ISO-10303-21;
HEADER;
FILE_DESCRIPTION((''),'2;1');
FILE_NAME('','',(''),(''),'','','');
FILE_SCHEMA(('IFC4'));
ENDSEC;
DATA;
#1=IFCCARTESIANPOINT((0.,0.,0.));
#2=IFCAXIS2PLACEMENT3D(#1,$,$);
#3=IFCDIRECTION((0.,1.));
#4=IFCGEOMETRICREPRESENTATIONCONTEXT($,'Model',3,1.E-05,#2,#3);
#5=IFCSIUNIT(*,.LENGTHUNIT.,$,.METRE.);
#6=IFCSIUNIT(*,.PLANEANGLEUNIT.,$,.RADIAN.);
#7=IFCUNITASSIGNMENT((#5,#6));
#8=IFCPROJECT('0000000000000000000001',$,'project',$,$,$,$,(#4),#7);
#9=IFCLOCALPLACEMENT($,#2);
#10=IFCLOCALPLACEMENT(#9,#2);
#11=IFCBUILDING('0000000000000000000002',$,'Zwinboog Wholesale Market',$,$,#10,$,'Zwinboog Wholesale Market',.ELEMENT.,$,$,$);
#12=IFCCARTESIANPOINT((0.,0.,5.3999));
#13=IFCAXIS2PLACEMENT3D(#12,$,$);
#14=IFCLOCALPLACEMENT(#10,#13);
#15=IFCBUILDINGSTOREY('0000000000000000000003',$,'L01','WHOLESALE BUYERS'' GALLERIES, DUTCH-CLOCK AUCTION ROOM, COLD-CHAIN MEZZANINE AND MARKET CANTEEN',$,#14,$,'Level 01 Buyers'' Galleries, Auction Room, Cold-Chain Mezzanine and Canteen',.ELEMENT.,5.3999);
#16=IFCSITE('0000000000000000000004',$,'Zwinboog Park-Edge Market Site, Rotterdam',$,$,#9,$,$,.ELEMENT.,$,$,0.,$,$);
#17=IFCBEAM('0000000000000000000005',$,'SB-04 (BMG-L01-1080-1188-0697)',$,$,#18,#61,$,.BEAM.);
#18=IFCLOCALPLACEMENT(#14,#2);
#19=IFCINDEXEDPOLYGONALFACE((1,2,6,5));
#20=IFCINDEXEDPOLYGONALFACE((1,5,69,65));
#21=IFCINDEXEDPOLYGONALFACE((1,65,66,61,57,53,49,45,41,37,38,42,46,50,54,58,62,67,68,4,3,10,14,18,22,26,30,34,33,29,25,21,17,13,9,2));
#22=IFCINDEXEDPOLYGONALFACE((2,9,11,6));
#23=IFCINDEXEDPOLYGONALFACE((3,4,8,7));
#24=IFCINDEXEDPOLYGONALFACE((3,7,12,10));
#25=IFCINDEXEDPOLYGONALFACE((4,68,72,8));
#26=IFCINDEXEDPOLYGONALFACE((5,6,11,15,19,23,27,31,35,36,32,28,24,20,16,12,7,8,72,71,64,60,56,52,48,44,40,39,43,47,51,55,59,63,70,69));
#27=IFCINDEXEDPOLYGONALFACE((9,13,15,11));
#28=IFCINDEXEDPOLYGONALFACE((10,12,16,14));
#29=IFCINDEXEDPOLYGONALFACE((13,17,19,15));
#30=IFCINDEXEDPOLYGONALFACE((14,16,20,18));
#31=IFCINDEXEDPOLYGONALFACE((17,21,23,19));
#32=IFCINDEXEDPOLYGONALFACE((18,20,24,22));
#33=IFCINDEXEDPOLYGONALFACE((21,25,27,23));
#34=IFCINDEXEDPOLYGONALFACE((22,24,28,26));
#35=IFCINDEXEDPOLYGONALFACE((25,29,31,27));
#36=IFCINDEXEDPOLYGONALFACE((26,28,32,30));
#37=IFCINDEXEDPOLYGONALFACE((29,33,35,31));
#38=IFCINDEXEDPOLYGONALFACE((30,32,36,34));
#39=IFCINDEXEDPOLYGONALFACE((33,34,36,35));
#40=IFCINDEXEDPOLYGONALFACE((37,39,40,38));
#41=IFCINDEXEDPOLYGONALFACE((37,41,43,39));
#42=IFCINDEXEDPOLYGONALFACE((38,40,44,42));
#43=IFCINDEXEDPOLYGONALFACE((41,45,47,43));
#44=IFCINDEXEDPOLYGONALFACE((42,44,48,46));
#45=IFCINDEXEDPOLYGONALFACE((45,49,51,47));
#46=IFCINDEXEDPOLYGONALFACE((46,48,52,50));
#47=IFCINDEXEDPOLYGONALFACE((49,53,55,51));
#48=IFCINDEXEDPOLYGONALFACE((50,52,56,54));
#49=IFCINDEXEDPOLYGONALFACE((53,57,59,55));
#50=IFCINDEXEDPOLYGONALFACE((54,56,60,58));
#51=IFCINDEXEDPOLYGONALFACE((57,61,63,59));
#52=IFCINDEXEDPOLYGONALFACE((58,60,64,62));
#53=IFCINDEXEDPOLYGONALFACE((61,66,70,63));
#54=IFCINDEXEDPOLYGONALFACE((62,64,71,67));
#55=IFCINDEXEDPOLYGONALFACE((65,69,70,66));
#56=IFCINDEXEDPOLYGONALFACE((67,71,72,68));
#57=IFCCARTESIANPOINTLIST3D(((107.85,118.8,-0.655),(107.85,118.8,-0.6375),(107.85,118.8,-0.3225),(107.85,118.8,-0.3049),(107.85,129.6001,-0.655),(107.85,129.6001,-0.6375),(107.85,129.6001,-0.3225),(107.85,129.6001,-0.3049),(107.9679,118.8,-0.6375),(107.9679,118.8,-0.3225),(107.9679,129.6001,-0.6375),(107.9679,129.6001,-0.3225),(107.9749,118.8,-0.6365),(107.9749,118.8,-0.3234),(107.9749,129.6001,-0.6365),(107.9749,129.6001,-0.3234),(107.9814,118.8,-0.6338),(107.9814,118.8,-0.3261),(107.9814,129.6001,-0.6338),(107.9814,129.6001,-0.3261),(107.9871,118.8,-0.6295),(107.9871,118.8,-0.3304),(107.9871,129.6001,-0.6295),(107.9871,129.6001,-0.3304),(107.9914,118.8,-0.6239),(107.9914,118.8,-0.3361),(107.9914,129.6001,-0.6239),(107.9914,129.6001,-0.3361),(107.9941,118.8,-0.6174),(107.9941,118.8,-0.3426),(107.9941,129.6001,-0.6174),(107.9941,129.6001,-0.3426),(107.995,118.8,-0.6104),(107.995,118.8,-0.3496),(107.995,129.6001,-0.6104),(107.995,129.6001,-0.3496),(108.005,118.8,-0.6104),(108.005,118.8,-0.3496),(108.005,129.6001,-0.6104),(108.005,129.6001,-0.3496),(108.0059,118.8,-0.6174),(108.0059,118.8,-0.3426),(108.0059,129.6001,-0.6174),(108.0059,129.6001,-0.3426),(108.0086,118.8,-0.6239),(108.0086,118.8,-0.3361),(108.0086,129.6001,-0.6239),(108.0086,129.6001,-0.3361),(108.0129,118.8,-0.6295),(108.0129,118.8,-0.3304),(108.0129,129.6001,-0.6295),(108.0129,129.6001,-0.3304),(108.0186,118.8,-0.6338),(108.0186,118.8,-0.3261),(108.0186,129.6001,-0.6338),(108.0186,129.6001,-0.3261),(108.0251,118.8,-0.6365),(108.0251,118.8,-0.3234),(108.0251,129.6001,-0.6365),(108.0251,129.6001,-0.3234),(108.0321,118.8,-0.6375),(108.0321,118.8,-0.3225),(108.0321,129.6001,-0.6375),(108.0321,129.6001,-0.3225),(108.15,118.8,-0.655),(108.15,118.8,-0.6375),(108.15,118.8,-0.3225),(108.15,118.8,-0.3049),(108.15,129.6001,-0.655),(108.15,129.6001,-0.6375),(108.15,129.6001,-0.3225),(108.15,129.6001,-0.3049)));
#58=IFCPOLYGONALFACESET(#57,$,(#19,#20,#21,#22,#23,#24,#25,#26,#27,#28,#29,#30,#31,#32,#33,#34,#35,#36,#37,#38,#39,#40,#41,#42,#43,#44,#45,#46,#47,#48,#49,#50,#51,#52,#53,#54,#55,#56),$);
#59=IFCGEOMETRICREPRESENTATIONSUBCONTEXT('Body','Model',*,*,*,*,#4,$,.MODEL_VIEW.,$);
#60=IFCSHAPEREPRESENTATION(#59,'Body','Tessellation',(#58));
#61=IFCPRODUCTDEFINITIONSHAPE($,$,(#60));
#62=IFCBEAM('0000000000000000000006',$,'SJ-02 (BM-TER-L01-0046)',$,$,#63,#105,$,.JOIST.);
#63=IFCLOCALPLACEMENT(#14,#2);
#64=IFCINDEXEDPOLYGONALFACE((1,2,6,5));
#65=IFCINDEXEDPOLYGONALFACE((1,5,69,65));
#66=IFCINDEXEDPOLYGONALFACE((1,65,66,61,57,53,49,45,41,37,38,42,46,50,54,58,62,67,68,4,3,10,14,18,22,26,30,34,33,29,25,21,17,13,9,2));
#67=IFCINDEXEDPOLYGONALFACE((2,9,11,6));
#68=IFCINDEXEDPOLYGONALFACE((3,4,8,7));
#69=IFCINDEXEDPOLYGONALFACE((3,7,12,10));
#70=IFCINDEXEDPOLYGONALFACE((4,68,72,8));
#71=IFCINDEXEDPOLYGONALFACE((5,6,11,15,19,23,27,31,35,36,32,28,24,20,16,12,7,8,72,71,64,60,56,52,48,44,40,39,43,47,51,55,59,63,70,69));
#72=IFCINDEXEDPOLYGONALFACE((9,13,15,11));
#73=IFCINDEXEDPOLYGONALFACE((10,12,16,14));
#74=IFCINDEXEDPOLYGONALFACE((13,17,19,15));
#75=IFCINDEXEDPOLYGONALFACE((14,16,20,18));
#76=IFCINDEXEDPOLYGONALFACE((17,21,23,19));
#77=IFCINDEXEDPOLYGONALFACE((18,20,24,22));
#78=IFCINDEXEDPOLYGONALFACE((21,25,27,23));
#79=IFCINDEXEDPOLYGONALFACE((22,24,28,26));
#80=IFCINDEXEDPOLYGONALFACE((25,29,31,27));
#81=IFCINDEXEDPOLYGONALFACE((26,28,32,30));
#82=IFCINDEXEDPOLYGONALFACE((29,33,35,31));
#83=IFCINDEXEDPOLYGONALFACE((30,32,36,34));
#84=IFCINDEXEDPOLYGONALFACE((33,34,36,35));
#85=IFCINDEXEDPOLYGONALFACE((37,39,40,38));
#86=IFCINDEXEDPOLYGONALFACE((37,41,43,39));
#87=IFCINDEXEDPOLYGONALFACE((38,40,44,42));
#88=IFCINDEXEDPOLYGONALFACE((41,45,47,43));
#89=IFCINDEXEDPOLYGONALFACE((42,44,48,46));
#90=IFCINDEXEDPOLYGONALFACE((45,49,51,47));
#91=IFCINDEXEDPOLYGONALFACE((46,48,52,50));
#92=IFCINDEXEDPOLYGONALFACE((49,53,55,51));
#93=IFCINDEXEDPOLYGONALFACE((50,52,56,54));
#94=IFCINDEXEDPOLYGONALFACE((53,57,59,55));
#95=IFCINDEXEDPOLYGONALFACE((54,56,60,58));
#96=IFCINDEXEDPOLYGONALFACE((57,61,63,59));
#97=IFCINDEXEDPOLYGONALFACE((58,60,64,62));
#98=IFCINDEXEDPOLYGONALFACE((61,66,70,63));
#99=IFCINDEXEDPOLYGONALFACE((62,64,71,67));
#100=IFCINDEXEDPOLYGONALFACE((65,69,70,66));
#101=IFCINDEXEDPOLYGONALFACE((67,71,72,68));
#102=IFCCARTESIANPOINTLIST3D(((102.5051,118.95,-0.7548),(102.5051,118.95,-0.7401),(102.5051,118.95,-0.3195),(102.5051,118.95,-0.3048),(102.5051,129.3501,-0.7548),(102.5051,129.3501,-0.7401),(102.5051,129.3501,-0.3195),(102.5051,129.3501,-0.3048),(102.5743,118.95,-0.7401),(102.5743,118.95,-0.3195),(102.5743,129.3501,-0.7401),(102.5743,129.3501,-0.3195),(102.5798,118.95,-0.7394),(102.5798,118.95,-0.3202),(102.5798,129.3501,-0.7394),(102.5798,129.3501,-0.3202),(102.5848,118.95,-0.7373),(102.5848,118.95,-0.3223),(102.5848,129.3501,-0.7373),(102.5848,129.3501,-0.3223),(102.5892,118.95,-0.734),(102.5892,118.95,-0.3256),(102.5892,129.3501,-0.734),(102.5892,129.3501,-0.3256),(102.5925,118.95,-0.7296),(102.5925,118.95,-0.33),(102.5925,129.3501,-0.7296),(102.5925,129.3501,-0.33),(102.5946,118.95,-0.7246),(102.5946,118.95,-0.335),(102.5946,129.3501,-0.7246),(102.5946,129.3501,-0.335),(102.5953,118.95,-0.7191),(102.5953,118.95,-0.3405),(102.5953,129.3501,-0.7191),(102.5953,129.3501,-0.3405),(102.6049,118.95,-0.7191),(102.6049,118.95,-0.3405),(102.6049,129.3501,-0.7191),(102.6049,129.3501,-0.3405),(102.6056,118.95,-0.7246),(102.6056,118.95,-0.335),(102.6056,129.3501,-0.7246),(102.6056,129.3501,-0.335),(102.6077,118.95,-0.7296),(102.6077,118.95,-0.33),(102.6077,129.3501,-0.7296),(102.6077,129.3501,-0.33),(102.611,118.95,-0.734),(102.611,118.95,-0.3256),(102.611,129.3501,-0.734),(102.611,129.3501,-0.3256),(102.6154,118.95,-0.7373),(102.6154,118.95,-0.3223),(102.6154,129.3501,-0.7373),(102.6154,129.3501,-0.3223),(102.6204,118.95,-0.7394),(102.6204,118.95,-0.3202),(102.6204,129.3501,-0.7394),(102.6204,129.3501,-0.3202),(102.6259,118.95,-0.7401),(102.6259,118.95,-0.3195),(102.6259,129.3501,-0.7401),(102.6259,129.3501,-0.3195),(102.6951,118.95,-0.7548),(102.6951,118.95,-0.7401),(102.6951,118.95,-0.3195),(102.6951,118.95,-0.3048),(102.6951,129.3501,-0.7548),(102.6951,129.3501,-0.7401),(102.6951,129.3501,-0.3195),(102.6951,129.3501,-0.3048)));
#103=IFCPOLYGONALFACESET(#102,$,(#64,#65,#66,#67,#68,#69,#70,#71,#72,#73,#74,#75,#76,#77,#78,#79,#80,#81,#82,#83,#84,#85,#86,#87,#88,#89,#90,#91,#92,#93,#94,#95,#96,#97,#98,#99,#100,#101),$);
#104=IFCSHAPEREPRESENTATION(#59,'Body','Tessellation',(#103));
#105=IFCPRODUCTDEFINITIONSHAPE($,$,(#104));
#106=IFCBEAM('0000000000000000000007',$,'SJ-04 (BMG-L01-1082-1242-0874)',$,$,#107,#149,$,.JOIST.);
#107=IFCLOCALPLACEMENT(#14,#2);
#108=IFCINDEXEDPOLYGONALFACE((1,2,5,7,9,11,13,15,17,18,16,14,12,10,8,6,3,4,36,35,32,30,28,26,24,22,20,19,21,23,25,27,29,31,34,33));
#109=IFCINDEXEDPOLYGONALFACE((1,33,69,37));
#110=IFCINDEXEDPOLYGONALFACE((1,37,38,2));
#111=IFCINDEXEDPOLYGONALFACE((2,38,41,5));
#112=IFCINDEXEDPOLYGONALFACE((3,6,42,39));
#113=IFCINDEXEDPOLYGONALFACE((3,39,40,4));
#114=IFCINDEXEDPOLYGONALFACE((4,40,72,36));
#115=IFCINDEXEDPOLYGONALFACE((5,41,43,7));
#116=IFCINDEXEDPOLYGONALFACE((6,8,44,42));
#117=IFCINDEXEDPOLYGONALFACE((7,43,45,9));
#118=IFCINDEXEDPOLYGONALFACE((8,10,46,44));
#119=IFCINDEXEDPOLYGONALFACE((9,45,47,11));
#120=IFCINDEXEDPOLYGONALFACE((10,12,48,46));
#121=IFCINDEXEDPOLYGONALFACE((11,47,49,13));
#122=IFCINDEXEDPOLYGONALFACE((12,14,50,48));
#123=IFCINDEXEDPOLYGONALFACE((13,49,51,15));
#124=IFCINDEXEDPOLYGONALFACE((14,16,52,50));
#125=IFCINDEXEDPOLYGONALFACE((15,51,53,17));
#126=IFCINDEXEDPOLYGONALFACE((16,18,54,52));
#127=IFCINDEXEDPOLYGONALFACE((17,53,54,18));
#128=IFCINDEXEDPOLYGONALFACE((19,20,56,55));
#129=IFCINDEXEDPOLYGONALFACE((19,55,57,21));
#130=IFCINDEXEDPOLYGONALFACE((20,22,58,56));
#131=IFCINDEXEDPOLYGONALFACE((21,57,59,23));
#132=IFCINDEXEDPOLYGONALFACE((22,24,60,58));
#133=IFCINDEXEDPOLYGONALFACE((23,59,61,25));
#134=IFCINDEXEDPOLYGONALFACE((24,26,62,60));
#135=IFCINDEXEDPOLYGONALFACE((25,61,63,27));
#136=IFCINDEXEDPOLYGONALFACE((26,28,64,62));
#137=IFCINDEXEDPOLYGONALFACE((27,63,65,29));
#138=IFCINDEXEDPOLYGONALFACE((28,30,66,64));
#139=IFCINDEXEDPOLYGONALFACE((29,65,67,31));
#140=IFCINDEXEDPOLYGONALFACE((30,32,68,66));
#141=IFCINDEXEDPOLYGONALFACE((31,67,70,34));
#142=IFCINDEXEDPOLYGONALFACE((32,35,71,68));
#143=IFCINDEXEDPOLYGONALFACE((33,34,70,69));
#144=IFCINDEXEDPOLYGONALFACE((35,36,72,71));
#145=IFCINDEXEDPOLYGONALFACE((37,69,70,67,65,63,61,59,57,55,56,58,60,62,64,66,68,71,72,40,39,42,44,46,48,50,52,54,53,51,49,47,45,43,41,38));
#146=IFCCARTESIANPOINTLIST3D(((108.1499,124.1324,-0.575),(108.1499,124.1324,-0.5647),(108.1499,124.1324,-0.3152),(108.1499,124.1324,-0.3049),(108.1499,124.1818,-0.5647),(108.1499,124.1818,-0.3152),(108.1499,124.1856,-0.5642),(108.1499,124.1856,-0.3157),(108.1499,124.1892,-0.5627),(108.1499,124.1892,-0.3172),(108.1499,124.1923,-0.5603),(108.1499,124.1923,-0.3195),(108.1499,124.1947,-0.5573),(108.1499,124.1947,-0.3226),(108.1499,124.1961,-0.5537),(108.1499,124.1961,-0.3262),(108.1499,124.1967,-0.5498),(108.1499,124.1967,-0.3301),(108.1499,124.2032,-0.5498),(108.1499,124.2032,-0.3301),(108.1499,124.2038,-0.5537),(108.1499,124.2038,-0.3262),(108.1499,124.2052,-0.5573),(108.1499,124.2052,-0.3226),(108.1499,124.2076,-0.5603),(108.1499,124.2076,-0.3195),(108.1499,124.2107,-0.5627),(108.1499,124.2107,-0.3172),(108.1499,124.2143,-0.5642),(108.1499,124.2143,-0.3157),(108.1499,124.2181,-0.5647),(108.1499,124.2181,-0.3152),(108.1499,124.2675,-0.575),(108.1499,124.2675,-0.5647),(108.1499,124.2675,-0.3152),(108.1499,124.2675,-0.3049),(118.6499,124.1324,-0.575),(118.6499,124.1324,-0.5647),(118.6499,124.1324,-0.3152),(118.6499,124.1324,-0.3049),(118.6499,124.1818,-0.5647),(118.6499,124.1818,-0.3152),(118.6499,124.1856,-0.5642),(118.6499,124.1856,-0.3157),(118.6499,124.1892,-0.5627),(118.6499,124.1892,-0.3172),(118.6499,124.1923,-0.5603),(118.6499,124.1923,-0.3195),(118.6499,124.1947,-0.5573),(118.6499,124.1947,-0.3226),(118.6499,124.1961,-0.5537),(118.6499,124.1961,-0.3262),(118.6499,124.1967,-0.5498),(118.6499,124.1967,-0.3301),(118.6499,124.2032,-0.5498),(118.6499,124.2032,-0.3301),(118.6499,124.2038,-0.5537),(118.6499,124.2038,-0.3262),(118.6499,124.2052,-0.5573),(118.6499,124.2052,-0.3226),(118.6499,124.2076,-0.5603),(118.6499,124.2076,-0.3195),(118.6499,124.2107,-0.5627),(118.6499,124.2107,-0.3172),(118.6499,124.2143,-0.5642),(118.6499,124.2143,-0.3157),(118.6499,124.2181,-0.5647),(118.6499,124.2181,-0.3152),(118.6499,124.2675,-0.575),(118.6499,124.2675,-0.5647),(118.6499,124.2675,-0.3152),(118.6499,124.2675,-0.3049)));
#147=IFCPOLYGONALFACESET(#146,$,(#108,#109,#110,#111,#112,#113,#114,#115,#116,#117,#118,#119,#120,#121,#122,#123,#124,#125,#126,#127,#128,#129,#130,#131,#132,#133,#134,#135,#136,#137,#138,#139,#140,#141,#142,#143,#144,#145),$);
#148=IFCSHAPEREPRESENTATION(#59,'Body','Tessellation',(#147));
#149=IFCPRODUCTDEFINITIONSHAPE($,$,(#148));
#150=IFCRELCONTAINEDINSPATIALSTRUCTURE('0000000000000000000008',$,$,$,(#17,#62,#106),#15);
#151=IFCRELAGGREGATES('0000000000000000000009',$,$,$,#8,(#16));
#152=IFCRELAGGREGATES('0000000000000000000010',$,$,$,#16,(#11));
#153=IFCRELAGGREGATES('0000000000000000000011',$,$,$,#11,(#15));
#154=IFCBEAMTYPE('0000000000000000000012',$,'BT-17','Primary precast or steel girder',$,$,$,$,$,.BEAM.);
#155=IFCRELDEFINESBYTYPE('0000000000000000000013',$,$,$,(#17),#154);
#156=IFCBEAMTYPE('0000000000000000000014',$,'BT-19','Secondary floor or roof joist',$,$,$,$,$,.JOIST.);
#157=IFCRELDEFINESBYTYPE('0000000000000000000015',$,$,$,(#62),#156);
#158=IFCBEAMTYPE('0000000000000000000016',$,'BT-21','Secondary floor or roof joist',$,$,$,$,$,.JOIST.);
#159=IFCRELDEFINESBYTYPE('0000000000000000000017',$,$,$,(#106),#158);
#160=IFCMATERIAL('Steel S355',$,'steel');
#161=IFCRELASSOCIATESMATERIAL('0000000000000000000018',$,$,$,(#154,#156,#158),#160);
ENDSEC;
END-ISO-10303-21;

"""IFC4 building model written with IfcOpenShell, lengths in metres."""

from ifc_helpers import new_model, si_unit, direction, frame, origin, origin_2d, place, context, subcontext, project, spatial, i_section, extrude, material, material_profile, profile_set, type_object, element, save


model = new_model("IFC4")

# Units and contexts
model_context = context("Model", 3, precision=1e-05, world=origin(), true_north=direction((0.0, 1.0)))
body_context = subcontext(model_context, "Body", "Model", "MODEL_VIEW")
ifc_project = project(units=[si_unit("LENGTHUNIT", "METRE"), si_unit("PLANEANGLEUNIT", "RADIAN")], contexts=[model_context])

# Site, building, storey
site_placement = place(None, origin())
site = spatial("IfcSite", under=ifc_project, at=site_placement, Name="Zwinboog Park-Edge Market Site, Rotterdam", CompositionType="ELEMENT", RefElevation=0.0)
building_placement = place(site_placement, origin())
building = spatial("IfcBuilding", under=site, at=building_placement, Name="Zwinboog Wholesale Market", LongName="Zwinboog Wholesale Market", CompositionType="ELEMENT")
storey_placement = place(building_placement, frame((0.0, 0.0, 5.3999)))
storey = spatial("IfcBuildingStorey", under=building, at=storey_placement, Name="L01", Description="WHOLESALE BUYERS' GALLERIES, DUTCH-CLOCK AUCTION ROOM, COLD-CHAIN MEZZANINE AND MARKET CANTEEN", LongName="Level 01 Buyers' Galleries, Auction Room, Cold-Chain Mezzanine and Canteen", CompositionType="ELEMENT", Elevation=5.3999)

# Beams
ifc_material_1 = material(Name="Steel S355", Category="steel")
ifc_material_profile_1 = material_profile(ifc_material_1, i_section(OverallWidth=0.3, OverallDepth=0.3501, WebThickness=0.01, FlangeThickness=0.0176, FilletRadius=0.0271, at=origin_2d()), Name="HEA 360")
ifc_profile_set_1 = profile_set([ifc_material_profile_1], Name="Steel S355")
beam_type_1 = type_object("IfcBeamType", Name="BT-17", Description="Primary precast or steel girder", PredefinedType="BEAM", material=ifc_profile_set_1)
beam_1_placement = place(storey_placement, frame((108.0, 118.8, -0.48), z_axis=(0.0, 1.0, 0.0), x_axis=(-1.0, 0.0, 0.0)))
element("IfcBeam", 1, at=beam_1_placement, inside=storey, type_object=beam_type_1, Name="SB-04 (BMG-L01-1080-1188-0697)", PredefinedType="BEAM", context=body_context, shape_type="SweptSolid", body=[
    extrude(i_section(OverallWidth=0.3, OverallDepth=0.3501, WebThickness=0.01, FlangeThickness=0.0176, FilletRadius=0.0271, at=origin_2d()), origin(), (0.0, 0.0, 1.0), 10.8),
])
ifc_material_profile_2 = material_profile(ifc_material_1, i_section(OverallWidth=0.1899, OverallDepth=0.45, WebThickness=0.0095, FlangeThickness=0.0146, FilletRadius=0.021, at=origin_2d()), Name="IPE 450")
ifc_profile_set_2 = profile_set([ifc_material_profile_2], Name="Steel S355")
beam_type_2 = type_object("IfcBeamType", Name="BT-19", Description="Secondary floor or roof joist", PredefinedType="JOIST", material=ifc_profile_set_2)
beam_2_placement = place(storey_placement, frame((102.6001, 118.95, -0.5298), z_axis=(0.0, 1.0, 0.0), x_axis=(-1.0, 0.0, 0.0)))
element("IfcBeam", 2, at=beam_2_placement, inside=storey, type_object=beam_type_2, Name="SJ-02 (BM-TER-L01-0046)", PredefinedType="JOIST", context=body_context, shape_type="SweptSolid", body=[
    extrude(i_section(OverallWidth=0.1899, OverallDepth=0.45, WebThickness=0.0095, FlangeThickness=0.0146, FilletRadius=0.021, at=origin_2d()), origin(), (0.0, 0.0, 1.0), 10.4001),
])
ifc_material_profile_3 = material_profile(ifc_material_1, i_section(OverallWidth=0.135, OverallDepth=0.27, WebThickness=0.0066, FlangeThickness=0.0103, FilletRadius=0.0149, at=origin_2d()), Name="IPE 270")
ifc_profile_set_3 = profile_set([ifc_material_profile_3], Name="Steel S355")
beam_type_3 = type_object("IfcBeamType", Name="BT-21", Description="Secondary floor or roof joist", PredefinedType="JOIST", material=ifc_profile_set_3)
beam_3_placement = place(storey_placement, frame((108.1499, 124.2, -0.4399), z_axis=(1.0, 0.0, 0.0), x_axis=(0.0, 1.0, 0.0)))
element("IfcBeam", 3, at=beam_3_placement, inside=storey, type_object=beam_type_3, Name="SJ-04 (BMG-L01-1082-1242-0874)", PredefinedType="JOIST", context=body_context, shape_type="SweptSolid", body=[
    extrude(i_section(OverallWidth=0.135, OverallDepth=0.27, WebThickness=0.0066, FlangeThickness=0.0103, FilletRadius=0.0149, at=origin_2d()), origin(), (0.0, 0.0, 1.0), 10.5),
])

save(model, "model.ifc")
